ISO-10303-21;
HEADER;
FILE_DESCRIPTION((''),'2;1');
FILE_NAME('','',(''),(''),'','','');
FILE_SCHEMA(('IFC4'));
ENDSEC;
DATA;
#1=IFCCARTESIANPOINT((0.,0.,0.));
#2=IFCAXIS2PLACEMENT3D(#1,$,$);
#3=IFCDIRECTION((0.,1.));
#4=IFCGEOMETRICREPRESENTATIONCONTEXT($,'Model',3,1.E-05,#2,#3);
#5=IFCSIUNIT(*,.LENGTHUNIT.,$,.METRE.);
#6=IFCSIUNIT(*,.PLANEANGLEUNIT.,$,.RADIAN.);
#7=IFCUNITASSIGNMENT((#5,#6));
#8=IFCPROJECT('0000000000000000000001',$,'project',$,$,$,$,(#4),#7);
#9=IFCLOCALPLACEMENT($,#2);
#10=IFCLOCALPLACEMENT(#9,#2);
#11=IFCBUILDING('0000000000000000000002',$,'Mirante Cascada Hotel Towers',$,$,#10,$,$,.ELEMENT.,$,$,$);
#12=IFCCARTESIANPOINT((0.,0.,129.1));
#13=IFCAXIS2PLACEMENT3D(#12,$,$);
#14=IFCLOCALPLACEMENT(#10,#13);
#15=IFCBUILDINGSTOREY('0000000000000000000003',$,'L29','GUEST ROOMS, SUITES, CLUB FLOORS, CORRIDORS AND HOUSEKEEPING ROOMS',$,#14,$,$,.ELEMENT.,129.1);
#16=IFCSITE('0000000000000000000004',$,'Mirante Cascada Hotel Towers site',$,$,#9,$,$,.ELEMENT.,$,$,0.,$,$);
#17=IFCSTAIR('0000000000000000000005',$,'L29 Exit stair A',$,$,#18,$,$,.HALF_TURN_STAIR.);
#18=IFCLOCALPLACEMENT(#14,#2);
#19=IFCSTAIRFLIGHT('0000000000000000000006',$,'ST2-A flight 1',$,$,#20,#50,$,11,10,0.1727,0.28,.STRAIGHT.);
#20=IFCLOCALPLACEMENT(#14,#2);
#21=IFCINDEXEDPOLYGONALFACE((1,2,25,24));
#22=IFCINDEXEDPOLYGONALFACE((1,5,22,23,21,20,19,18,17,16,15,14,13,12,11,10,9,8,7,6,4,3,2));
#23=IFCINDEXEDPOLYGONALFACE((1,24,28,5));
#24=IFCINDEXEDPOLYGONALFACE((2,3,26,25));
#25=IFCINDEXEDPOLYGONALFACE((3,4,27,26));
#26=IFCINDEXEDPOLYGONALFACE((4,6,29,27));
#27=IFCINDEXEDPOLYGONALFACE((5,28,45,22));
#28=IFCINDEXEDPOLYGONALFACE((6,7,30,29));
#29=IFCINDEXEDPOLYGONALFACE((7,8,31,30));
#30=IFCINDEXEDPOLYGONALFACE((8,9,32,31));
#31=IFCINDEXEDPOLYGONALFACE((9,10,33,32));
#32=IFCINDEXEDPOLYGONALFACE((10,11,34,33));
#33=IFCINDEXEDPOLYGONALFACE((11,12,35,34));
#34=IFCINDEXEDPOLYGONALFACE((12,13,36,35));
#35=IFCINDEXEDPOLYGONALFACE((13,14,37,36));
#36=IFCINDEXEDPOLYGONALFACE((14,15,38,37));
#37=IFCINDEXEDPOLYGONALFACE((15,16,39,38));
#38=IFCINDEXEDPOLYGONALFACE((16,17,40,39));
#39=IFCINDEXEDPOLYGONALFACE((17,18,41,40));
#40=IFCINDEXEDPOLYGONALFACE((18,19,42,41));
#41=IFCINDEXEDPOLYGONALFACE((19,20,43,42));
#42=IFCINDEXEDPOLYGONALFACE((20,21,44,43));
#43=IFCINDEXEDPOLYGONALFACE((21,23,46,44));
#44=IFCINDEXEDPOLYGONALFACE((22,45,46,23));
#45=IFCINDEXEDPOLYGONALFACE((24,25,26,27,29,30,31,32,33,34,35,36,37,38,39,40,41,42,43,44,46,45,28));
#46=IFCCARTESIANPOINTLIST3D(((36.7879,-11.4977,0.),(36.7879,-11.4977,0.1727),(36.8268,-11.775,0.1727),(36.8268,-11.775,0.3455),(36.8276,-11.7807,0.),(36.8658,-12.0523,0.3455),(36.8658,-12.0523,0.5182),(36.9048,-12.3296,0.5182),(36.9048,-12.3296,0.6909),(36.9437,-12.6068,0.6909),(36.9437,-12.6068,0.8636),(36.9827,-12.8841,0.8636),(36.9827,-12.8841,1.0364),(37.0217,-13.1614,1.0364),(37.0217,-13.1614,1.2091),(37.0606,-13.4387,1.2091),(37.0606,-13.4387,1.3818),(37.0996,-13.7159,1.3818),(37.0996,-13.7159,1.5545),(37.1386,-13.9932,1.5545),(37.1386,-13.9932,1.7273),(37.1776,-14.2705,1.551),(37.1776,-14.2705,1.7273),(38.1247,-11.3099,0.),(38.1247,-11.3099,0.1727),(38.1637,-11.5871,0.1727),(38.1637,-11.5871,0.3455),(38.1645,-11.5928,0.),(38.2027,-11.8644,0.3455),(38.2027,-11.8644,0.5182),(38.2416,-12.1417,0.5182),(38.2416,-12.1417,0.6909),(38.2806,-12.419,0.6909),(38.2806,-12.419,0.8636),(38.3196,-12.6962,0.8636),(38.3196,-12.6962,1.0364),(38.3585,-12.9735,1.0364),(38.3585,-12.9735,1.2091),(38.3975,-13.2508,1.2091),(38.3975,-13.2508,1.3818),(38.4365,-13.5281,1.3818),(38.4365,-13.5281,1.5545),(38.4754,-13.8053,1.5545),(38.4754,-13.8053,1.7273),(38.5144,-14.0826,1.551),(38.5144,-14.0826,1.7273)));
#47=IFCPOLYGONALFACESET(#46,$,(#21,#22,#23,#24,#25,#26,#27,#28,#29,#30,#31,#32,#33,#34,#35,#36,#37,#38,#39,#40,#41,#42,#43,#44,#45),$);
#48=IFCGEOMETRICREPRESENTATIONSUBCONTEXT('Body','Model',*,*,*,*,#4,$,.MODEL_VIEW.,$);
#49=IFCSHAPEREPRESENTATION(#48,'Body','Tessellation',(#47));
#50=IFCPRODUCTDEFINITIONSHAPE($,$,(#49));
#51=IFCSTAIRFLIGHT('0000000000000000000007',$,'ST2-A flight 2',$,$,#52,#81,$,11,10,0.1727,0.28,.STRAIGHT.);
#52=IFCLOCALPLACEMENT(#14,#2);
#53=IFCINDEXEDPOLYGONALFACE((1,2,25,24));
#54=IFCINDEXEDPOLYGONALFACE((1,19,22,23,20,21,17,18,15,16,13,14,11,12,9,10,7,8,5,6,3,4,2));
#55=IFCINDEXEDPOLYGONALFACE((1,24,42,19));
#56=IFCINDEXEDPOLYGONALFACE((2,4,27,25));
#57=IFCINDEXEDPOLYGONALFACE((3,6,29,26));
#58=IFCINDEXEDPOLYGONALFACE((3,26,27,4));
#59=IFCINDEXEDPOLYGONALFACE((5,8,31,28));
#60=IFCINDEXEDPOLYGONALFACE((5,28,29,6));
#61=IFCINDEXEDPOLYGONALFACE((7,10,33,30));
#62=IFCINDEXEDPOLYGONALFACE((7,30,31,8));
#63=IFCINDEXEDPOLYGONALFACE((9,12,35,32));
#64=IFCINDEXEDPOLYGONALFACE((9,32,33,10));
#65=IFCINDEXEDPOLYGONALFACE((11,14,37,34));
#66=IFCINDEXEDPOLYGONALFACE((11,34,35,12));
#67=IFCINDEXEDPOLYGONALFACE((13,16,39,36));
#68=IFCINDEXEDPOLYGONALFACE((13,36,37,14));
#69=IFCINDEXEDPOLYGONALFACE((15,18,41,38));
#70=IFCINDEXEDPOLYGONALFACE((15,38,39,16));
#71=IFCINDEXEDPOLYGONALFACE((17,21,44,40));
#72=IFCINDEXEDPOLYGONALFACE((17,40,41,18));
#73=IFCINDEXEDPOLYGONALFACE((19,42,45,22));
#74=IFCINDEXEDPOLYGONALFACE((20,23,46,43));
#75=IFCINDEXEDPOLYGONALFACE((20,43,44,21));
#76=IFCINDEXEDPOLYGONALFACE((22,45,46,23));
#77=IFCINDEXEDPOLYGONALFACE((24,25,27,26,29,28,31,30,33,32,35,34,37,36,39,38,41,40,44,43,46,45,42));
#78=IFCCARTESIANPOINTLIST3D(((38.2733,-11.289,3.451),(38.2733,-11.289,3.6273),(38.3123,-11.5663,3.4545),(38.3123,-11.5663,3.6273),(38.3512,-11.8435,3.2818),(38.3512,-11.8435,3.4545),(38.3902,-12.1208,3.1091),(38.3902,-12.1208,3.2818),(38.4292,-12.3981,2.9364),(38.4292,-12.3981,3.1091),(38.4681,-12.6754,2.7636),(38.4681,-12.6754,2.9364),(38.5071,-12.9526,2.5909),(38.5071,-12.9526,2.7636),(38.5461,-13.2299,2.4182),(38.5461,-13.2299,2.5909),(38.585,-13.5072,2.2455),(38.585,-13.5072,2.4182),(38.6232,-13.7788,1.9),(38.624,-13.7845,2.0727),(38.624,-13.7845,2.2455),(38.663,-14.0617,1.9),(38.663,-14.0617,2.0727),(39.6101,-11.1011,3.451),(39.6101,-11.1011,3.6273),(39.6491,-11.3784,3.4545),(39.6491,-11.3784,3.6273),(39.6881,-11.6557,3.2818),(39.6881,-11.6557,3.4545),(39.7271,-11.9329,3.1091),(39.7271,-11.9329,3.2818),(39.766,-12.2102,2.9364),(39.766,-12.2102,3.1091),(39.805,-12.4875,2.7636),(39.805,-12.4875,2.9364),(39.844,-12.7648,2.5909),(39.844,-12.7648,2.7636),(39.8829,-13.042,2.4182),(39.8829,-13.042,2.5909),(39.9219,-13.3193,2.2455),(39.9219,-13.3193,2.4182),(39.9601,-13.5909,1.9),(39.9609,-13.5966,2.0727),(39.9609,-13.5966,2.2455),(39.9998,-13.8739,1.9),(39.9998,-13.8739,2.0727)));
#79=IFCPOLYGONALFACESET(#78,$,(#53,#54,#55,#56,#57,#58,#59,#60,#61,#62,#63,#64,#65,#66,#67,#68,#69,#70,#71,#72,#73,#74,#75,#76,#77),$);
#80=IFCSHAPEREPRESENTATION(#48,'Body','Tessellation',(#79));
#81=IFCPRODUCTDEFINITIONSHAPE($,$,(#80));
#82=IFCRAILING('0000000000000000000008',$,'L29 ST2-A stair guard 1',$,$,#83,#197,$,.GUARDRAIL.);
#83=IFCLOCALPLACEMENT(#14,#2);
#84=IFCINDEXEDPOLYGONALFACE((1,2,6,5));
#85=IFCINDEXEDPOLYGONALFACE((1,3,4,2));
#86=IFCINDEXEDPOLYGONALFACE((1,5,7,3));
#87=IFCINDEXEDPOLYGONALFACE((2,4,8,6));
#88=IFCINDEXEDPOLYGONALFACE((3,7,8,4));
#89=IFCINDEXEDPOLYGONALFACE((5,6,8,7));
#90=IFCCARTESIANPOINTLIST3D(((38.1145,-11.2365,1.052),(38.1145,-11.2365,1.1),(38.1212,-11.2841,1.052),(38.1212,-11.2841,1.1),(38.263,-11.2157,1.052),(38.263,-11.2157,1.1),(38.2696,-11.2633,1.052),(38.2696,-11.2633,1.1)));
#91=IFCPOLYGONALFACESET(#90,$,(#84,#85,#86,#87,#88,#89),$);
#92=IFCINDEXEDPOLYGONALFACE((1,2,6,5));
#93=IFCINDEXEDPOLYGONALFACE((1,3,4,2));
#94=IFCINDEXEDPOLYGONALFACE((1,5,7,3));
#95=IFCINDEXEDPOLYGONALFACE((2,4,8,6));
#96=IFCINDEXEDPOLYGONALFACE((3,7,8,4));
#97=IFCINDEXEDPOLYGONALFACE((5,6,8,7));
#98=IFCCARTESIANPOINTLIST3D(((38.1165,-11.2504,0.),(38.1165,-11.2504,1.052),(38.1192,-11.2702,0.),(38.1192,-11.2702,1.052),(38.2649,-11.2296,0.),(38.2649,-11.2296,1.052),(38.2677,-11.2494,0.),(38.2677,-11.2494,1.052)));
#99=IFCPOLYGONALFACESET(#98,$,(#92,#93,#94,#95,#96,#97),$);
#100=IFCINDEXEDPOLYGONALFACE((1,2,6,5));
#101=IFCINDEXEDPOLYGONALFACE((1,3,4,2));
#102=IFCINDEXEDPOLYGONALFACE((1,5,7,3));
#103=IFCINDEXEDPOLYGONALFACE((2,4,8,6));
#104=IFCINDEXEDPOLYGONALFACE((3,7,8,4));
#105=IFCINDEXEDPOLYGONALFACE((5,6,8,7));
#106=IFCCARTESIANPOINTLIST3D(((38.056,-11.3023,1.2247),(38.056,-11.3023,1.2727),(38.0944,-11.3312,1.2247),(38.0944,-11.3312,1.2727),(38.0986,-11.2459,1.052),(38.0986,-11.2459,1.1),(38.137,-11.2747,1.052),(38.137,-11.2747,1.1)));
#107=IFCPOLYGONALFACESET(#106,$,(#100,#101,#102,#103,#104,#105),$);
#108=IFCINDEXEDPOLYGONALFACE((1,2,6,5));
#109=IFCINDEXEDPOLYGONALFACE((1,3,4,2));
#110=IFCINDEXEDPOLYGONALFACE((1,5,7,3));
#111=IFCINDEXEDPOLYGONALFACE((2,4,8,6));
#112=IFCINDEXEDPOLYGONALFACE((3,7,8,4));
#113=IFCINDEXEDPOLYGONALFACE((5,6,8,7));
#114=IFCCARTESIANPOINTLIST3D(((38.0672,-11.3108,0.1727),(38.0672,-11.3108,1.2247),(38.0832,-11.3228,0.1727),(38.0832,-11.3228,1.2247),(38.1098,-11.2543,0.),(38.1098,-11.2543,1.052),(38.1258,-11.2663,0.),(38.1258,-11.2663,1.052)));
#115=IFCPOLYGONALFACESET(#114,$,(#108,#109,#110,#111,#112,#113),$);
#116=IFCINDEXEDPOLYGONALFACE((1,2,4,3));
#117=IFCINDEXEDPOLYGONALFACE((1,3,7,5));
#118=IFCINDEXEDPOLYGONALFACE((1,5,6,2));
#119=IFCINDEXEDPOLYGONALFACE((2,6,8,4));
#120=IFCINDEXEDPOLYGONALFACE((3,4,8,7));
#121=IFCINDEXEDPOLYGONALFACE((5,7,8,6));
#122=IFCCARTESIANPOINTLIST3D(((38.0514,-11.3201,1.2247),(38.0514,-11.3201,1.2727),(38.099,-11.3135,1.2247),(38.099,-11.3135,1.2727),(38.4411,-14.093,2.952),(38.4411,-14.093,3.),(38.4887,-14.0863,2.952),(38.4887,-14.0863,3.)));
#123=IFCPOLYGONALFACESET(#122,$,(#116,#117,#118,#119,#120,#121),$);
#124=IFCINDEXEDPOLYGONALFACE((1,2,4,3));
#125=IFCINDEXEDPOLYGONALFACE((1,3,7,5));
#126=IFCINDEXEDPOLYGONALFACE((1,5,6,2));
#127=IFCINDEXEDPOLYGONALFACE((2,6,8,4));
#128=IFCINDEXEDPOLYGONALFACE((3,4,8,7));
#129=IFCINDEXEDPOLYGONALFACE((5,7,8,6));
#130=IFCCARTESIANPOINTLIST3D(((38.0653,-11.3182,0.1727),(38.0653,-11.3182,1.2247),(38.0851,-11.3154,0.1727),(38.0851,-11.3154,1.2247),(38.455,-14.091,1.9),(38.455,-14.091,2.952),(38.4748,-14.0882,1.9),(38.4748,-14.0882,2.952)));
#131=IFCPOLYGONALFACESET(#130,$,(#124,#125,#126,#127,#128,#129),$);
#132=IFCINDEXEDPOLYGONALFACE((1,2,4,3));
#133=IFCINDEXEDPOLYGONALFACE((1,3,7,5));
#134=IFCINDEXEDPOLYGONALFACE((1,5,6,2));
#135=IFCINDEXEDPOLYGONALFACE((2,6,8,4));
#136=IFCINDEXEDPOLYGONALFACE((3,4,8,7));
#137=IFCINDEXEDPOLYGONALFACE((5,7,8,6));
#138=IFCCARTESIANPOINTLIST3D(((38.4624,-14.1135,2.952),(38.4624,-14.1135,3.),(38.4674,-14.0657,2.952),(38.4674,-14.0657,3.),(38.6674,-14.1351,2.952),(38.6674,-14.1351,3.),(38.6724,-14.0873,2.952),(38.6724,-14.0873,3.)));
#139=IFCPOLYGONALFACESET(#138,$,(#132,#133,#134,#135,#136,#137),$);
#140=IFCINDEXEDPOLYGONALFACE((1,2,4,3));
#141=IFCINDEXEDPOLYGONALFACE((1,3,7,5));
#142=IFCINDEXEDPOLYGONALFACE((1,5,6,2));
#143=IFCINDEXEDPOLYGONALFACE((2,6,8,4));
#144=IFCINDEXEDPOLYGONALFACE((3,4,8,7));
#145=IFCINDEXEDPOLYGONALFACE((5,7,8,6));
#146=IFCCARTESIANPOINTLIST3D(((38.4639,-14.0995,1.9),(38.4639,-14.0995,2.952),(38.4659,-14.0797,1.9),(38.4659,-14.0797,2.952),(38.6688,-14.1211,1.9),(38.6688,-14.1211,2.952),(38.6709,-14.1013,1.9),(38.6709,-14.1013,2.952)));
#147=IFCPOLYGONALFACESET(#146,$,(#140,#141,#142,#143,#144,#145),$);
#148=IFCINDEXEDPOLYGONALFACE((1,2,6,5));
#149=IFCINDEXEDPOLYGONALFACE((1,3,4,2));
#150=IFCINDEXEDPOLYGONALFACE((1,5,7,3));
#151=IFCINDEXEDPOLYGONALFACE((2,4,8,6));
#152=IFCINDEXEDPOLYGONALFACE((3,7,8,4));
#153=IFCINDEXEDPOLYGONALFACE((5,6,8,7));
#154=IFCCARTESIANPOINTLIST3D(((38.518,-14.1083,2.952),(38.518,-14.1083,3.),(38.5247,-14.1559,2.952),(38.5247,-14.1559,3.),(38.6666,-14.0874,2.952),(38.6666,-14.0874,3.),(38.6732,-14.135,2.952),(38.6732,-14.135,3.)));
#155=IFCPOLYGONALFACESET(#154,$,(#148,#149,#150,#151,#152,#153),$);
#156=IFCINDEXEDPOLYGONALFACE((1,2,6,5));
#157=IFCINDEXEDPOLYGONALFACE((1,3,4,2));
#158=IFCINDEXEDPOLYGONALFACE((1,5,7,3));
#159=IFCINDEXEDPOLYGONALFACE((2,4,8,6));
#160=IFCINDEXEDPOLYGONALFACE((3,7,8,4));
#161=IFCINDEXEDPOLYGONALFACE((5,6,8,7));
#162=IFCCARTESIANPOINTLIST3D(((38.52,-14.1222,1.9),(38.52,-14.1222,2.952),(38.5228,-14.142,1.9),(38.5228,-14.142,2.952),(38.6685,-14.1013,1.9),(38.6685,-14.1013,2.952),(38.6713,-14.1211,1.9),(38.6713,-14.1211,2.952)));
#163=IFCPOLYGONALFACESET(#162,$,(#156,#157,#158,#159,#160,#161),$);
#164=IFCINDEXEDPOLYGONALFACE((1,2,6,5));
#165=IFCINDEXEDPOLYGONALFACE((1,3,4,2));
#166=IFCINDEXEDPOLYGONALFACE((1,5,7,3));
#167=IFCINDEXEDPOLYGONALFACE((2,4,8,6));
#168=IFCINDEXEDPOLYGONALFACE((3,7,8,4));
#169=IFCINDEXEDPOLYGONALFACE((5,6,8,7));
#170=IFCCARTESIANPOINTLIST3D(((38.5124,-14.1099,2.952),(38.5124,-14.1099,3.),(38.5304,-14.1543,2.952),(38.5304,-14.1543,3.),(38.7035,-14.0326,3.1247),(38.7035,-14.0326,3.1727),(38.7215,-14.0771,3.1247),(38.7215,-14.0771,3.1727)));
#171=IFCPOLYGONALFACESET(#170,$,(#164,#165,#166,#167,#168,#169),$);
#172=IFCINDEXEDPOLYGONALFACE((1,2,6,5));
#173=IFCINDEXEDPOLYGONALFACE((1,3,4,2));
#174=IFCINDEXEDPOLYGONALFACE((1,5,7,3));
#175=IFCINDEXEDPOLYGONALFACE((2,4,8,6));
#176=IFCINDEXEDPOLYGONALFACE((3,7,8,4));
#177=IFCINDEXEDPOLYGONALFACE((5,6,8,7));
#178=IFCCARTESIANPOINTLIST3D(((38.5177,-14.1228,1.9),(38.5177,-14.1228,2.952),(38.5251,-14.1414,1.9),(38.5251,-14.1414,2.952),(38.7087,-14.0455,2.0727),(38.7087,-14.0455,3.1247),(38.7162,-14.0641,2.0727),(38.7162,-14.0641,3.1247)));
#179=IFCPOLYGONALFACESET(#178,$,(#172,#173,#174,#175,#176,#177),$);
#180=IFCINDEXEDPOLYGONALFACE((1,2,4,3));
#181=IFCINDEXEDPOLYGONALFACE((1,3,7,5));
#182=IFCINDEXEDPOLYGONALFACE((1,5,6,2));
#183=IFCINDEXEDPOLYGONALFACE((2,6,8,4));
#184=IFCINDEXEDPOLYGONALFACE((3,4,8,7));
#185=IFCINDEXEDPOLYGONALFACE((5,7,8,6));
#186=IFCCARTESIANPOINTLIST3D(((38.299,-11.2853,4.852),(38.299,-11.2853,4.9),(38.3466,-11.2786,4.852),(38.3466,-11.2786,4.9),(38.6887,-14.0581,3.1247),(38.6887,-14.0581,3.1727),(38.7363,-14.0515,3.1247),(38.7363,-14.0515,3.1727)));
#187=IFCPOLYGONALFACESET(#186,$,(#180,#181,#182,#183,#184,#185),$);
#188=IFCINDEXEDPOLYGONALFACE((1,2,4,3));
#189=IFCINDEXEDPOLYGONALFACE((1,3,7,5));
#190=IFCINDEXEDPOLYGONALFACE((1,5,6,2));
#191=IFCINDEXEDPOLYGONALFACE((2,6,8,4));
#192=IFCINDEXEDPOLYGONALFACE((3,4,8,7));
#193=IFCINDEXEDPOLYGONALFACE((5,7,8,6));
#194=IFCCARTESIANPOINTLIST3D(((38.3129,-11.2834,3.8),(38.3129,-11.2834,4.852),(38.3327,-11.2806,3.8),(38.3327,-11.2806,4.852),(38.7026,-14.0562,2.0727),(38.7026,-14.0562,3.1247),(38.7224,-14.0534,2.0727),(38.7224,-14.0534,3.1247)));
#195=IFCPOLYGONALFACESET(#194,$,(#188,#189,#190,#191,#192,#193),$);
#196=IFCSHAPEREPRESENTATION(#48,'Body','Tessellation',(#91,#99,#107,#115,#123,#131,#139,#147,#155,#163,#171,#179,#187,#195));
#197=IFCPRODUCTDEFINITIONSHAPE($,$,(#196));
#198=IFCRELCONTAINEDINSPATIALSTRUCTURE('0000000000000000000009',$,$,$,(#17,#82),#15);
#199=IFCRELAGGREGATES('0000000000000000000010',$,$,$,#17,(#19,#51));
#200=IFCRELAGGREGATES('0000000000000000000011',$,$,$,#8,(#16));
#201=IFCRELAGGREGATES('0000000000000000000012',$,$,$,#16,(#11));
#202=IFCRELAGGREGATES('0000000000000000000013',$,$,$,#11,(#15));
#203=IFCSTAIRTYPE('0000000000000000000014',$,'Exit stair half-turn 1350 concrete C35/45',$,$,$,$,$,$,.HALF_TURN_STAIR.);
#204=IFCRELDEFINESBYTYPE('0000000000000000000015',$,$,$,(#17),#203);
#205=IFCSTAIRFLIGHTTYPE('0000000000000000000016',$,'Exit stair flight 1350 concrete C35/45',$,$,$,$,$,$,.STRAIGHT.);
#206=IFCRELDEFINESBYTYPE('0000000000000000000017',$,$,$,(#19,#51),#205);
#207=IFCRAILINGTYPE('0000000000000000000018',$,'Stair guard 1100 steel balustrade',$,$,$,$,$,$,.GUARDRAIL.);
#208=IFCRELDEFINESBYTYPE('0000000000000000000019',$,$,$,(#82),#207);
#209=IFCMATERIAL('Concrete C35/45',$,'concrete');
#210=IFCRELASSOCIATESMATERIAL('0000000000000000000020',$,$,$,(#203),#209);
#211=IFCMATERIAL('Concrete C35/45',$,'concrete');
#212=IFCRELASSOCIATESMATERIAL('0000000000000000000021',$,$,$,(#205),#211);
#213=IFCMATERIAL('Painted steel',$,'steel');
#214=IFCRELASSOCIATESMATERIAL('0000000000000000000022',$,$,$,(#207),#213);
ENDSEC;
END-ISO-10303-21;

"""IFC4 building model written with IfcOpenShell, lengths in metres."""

from ifc_helpers import new_model, si_unit, direction, frame, origin, origin_2d, place, context, subcontext, project, spatial, polyline, rectangle, outline, extrude, material, type_object, element, aggregate, save


model = new_model("IFC4")

# Units and contexts
model_context = context("Model", 3, precision=1e-05, world=origin(), true_north=direction((0.0, 1.0)))
body_context = subcontext(model_context, "Body", "Model", "MODEL_VIEW")
ifc_project = project(units=[si_unit("LENGTHUNIT", "METRE"), si_unit("PLANEANGLEUNIT", "RADIAN")], contexts=[model_context])

# Site, building, storey
site_placement = place(None, origin())
site = spatial("IfcSite", under=ifc_project, at=site_placement, Name="Mirante Cascada Hotel Towers site", CompositionType="ELEMENT", RefElevation=0.0)
building_placement = place(site_placement, origin())
building = spatial("IfcBuilding", under=site, at=building_placement, Name="Mirante Cascada Hotel Towers", CompositionType="ELEMENT")
storey_placement = place(building_placement, frame((0.0, 0.0, 129.1)))
storey = spatial("IfcBuildingStorey", under=building, at=storey_placement, Name="L29", Description="GUEST ROOMS, SUITES, CLUB FLOORS, CORRIDORS AND HOUSEKEEPING ROOMS", CompositionType="ELEMENT", Elevation=129.1)

# Stair, stair flights
ifc_material_1 = material(Name="Concrete C35/45", Category="concrete")
stair_type = type_object("IfcStairType", Name="Exit stair half-turn 1350 concrete C35/45", PredefinedType="HALF_TURN_STAIR", material=ifc_material_1)
stair_placement = place(storey_placement, origin())
stair = element("IfcStair", 1, at=stair_placement, inside=storey, type_object=stair_type, Name="L29 Exit stair A", PredefinedType="HALF_TURN_STAIR")
ifc_material_2 = material(Name="Concrete C35/45", Category="concrete")
stair_flight_type = type_object("IfcStairFlightType", Name="Exit stair flight 1350 concrete C35/45", PredefinedType="STRAIGHT", material=ifc_material_2)
stair_flight_1_placement = place(storey_placement, frame((37.4563, -11.4038, 0.0), z_axis=(0.0, 0.0, 1.0), x_axis=(0.139173, -0.990268, 0.0)))
stair_flight_1 = element("IfcStairFlight", 2, at=stair_flight_1_placement, type_object=stair_flight_type, Name="ST2-A flight 1", NumberOfRisers=11, NumberOfTreads=10, PredefinedType="STRAIGHT", RiserHeight=0.1727, TreadLength=0.28, context=body_context, shape_type="SweptSolid", body=[
    extrude(outline(polyline([(0.0, 0.0), (0.0, 0.1727), (0.28, 0.1727), (0.28, 0.3455), (0.56, 0.3455), (0.56, 0.5182), (0.84, 0.5182), (0.84, 0.6909), (1.12, 0.6909), (1.12, 0.8636), (1.4, 0.8636), (1.4, 1.0364), (1.68, 1.0364), (1.68, 1.2091), (1.96, 1.2091), (1.96, 1.3818), (2.24, 1.3818), (2.24, 1.5545), (2.52, 1.5545), (2.52, 1.7273), (2.8, 1.7273), (2.8, 1.9), (2.8, 1.551), (0.2857, 0.0), (0.0, 0.0)])), frame((0.0, 0.675, 0.0), z_axis=(0.0, -1.0, 0.0), x_axis=(1.0, 0.0, 0.0)), (0.0, 0.0, 1.0), 1.35),
])
stair_flight_2_placement = place(storey_placement, frame((39.3314, -13.9678, 1.9), z_axis=(0.0, 0.0, 1.0), x_axis=(-0.139173, 0.990268, 0.0)))
stair_flight_2 = element("IfcStairFlight", 3, at=stair_flight_2_placement, type_object=stair_flight_type, Name="ST2-A flight 2", NumberOfRisers=11, NumberOfTreads=10, PredefinedType="STRAIGHT", RiserHeight=0.1727, TreadLength=0.28, context=body_context, shape_type="SweptSolid", body=[
    extrude(outline(polyline([(0.0, 0.0), (0.0, 0.1727), (0.28, 0.1727), (0.28, 0.3455), (0.56, 0.3455), (0.56, 0.5182), (0.84, 0.5182), (0.84, 0.6909), (1.12, 0.6909), (1.12, 0.8636), (1.4, 0.8636), (1.4, 1.0364), (1.68, 1.0364), (1.68, 1.2091), (1.96, 1.2091), (1.96, 1.3818), (2.24, 1.3818), (2.24, 1.5545), (2.52, 1.5545), (2.52, 1.7273), (2.8, 1.7273), (2.8, 1.9), (2.8, 1.551), (0.2857, 0.0), (0.0, 0.0)])), frame((0.0, 0.675, 0.0), z_axis=(0.0, -1.0, 0.0), x_axis=(1.0, 0.0, 0.0)), (0.0, 0.0, 1.0), 1.35),
])
aggregate(stair, [stair_flight_1, stair_flight_2])

# Railing
ifc_material_3 = material(Name="Painted steel", Category="steel")
railing_type = type_object("IfcRailingType", Name="Stair guard 1100 steel balustrade", PredefinedType="GUARDRAIL", material=ifc_material_3)
railing_placement = place(storey_placement, frame((38.2663, -11.2395, 0.0)))
element("IfcRailing", 4, at=railing_placement, inside=storey, type_object=railing_type, Name="L29 ST2-A stair guard 1", PredefinedType="GUARDRAIL", context=body_context, shape_type="SweptSolid", body=[
    extrude(rectangle(XDim=0.048, YDim=0.048, at=origin_2d()), frame((0.0, 0.0, 1.076), z_axis=(-0.990333, -0.138713, 0.0), x_axis=(0.138713, -0.990333, 0.0)), (0.0, 0.0, 1.0), 0.1499),
    extrude(rectangle(XDim=0.02, YDim=1.052, at=origin_2d()), frame((0.0, 0.0, 0.526), z_axis=(-0.990333, -0.138713, 0.0), x_axis=(0.138713, -0.990333, 0.0)), (0.0, 0.0, 1.0), 0.1499),
    extrude(rectangle(XDim=0.048, YDim=0.048, at=origin_2d()), frame((-0.1485, -0.0208, 1.076), z_axis=(-0.602033, -0.798471, 0.0), x_axis=(0.798471, -0.602033, 0.0)), (0.0, 0.92534, 0.379139), 0.1866),
    extrude(rectangle(XDim=0.02, YDim=1.052, at=origin_2d()), frame((-0.1485, -0.0208, 0.526), z_axis=(-0.602033, -0.798471, 0.0), x_axis=(0.798471, -0.602033, 0.0)), (0.0, 0.92534, 0.379139), 0.1866),
    extrude(rectangle(XDim=0.048, YDim=0.048, at=origin_2d()), frame((-0.1911, -0.0773, 1.2487), z_axis=(0.139176, -0.990268, 0.0), x_axis=(0.990268, 0.139176, 0.0)), (0.0, 0.525021, 0.851089), 3.29),
    extrude(rectangle(XDim=0.02, YDim=1.052, at=origin_2d()), frame((-0.1911, -0.0773, 0.6987), z_axis=(0.139176, -0.990268, 0.0), x_axis=(0.990268, 0.139176, 0.0)), (0.0, 0.525021, 0.851089), 3.29),
    extrude(rectangle(XDim=0.048, YDim=0.048, at=origin_2d()), frame((0.1986, -2.8501, 2.976), z_axis=(0.994495, -0.104786, 0.0), x_axis=(0.104786, 0.994495, 0.0)), (0.0, 0.0, 1.0), 0.2061),
    extrude(rectangle(XDim=0.02, YDim=1.052, at=origin_2d()), frame((0.1986, -2.8501, 2.426), z_axis=(0.994495, -0.104786, 0.0), x_axis=(0.104786, 0.994495, 0.0)), (0.0, 0.0, 1.0), 0.2061),
    extrude(rectangle(XDim=0.048, YDim=0.048, at=origin_2d()), frame((0.4036, -2.8717, 2.976), z_axis=(-0.990241, -0.139367, 0.0), x_axis=(0.139367, -0.990241, 0.0)), (0.0, 0.0, 1.0), 0.15),
    extrude(rectangle(XDim=0.02, YDim=1.052, at=origin_2d()), frame((0.4036, -2.8717, 2.426), z_axis=(-0.990241, -0.139367, 0.0), x_axis=(0.139367, -0.990241, 0.0)), (0.0, 0.0, 1.0), 0.15),
    extrude(rectangle(XDim=0.048, YDim=0.048, at=origin_2d()), frame((0.2551, -2.8926, 2.976), z_axis=(0.927031, 0.374984, 0.0), x_axis=(-0.374984, 0.927031, 0.0)), (0.0, 0.64219, 0.766545), 0.2689),
    extrude(rectangle(XDim=0.02, YDim=1.052, at=origin_2d()), frame((0.2551, -2.8926, 2.426), z_axis=(0.927031, 0.374984, 0.0), x_axis=(-0.374984, 0.927031, 0.0)), (0.0, 0.64219, 0.766545), 0.2689),
    extrude(rectangle(XDim=0.048, YDim=0.048, at=origin_2d()), frame((0.4462, -2.8153, 3.1487), z_axis=(-0.139176, 0.990268, 0.0), x_axis=(-0.990268, -0.139176, 0.0)), (0.0, 0.525021, 0.851089), 3.29),
    extrude(rectangle(XDim=0.02, YDim=1.052, at=origin_2d()), frame((0.4462, -2.8153, 2.5987), z_axis=(-0.139176, 0.990268, 0.0), x_axis=(-0.990268, -0.139176, 0.0)), (0.0, 0.525021, 0.851089), 3.29),
])

save(model, "model.ifc")
